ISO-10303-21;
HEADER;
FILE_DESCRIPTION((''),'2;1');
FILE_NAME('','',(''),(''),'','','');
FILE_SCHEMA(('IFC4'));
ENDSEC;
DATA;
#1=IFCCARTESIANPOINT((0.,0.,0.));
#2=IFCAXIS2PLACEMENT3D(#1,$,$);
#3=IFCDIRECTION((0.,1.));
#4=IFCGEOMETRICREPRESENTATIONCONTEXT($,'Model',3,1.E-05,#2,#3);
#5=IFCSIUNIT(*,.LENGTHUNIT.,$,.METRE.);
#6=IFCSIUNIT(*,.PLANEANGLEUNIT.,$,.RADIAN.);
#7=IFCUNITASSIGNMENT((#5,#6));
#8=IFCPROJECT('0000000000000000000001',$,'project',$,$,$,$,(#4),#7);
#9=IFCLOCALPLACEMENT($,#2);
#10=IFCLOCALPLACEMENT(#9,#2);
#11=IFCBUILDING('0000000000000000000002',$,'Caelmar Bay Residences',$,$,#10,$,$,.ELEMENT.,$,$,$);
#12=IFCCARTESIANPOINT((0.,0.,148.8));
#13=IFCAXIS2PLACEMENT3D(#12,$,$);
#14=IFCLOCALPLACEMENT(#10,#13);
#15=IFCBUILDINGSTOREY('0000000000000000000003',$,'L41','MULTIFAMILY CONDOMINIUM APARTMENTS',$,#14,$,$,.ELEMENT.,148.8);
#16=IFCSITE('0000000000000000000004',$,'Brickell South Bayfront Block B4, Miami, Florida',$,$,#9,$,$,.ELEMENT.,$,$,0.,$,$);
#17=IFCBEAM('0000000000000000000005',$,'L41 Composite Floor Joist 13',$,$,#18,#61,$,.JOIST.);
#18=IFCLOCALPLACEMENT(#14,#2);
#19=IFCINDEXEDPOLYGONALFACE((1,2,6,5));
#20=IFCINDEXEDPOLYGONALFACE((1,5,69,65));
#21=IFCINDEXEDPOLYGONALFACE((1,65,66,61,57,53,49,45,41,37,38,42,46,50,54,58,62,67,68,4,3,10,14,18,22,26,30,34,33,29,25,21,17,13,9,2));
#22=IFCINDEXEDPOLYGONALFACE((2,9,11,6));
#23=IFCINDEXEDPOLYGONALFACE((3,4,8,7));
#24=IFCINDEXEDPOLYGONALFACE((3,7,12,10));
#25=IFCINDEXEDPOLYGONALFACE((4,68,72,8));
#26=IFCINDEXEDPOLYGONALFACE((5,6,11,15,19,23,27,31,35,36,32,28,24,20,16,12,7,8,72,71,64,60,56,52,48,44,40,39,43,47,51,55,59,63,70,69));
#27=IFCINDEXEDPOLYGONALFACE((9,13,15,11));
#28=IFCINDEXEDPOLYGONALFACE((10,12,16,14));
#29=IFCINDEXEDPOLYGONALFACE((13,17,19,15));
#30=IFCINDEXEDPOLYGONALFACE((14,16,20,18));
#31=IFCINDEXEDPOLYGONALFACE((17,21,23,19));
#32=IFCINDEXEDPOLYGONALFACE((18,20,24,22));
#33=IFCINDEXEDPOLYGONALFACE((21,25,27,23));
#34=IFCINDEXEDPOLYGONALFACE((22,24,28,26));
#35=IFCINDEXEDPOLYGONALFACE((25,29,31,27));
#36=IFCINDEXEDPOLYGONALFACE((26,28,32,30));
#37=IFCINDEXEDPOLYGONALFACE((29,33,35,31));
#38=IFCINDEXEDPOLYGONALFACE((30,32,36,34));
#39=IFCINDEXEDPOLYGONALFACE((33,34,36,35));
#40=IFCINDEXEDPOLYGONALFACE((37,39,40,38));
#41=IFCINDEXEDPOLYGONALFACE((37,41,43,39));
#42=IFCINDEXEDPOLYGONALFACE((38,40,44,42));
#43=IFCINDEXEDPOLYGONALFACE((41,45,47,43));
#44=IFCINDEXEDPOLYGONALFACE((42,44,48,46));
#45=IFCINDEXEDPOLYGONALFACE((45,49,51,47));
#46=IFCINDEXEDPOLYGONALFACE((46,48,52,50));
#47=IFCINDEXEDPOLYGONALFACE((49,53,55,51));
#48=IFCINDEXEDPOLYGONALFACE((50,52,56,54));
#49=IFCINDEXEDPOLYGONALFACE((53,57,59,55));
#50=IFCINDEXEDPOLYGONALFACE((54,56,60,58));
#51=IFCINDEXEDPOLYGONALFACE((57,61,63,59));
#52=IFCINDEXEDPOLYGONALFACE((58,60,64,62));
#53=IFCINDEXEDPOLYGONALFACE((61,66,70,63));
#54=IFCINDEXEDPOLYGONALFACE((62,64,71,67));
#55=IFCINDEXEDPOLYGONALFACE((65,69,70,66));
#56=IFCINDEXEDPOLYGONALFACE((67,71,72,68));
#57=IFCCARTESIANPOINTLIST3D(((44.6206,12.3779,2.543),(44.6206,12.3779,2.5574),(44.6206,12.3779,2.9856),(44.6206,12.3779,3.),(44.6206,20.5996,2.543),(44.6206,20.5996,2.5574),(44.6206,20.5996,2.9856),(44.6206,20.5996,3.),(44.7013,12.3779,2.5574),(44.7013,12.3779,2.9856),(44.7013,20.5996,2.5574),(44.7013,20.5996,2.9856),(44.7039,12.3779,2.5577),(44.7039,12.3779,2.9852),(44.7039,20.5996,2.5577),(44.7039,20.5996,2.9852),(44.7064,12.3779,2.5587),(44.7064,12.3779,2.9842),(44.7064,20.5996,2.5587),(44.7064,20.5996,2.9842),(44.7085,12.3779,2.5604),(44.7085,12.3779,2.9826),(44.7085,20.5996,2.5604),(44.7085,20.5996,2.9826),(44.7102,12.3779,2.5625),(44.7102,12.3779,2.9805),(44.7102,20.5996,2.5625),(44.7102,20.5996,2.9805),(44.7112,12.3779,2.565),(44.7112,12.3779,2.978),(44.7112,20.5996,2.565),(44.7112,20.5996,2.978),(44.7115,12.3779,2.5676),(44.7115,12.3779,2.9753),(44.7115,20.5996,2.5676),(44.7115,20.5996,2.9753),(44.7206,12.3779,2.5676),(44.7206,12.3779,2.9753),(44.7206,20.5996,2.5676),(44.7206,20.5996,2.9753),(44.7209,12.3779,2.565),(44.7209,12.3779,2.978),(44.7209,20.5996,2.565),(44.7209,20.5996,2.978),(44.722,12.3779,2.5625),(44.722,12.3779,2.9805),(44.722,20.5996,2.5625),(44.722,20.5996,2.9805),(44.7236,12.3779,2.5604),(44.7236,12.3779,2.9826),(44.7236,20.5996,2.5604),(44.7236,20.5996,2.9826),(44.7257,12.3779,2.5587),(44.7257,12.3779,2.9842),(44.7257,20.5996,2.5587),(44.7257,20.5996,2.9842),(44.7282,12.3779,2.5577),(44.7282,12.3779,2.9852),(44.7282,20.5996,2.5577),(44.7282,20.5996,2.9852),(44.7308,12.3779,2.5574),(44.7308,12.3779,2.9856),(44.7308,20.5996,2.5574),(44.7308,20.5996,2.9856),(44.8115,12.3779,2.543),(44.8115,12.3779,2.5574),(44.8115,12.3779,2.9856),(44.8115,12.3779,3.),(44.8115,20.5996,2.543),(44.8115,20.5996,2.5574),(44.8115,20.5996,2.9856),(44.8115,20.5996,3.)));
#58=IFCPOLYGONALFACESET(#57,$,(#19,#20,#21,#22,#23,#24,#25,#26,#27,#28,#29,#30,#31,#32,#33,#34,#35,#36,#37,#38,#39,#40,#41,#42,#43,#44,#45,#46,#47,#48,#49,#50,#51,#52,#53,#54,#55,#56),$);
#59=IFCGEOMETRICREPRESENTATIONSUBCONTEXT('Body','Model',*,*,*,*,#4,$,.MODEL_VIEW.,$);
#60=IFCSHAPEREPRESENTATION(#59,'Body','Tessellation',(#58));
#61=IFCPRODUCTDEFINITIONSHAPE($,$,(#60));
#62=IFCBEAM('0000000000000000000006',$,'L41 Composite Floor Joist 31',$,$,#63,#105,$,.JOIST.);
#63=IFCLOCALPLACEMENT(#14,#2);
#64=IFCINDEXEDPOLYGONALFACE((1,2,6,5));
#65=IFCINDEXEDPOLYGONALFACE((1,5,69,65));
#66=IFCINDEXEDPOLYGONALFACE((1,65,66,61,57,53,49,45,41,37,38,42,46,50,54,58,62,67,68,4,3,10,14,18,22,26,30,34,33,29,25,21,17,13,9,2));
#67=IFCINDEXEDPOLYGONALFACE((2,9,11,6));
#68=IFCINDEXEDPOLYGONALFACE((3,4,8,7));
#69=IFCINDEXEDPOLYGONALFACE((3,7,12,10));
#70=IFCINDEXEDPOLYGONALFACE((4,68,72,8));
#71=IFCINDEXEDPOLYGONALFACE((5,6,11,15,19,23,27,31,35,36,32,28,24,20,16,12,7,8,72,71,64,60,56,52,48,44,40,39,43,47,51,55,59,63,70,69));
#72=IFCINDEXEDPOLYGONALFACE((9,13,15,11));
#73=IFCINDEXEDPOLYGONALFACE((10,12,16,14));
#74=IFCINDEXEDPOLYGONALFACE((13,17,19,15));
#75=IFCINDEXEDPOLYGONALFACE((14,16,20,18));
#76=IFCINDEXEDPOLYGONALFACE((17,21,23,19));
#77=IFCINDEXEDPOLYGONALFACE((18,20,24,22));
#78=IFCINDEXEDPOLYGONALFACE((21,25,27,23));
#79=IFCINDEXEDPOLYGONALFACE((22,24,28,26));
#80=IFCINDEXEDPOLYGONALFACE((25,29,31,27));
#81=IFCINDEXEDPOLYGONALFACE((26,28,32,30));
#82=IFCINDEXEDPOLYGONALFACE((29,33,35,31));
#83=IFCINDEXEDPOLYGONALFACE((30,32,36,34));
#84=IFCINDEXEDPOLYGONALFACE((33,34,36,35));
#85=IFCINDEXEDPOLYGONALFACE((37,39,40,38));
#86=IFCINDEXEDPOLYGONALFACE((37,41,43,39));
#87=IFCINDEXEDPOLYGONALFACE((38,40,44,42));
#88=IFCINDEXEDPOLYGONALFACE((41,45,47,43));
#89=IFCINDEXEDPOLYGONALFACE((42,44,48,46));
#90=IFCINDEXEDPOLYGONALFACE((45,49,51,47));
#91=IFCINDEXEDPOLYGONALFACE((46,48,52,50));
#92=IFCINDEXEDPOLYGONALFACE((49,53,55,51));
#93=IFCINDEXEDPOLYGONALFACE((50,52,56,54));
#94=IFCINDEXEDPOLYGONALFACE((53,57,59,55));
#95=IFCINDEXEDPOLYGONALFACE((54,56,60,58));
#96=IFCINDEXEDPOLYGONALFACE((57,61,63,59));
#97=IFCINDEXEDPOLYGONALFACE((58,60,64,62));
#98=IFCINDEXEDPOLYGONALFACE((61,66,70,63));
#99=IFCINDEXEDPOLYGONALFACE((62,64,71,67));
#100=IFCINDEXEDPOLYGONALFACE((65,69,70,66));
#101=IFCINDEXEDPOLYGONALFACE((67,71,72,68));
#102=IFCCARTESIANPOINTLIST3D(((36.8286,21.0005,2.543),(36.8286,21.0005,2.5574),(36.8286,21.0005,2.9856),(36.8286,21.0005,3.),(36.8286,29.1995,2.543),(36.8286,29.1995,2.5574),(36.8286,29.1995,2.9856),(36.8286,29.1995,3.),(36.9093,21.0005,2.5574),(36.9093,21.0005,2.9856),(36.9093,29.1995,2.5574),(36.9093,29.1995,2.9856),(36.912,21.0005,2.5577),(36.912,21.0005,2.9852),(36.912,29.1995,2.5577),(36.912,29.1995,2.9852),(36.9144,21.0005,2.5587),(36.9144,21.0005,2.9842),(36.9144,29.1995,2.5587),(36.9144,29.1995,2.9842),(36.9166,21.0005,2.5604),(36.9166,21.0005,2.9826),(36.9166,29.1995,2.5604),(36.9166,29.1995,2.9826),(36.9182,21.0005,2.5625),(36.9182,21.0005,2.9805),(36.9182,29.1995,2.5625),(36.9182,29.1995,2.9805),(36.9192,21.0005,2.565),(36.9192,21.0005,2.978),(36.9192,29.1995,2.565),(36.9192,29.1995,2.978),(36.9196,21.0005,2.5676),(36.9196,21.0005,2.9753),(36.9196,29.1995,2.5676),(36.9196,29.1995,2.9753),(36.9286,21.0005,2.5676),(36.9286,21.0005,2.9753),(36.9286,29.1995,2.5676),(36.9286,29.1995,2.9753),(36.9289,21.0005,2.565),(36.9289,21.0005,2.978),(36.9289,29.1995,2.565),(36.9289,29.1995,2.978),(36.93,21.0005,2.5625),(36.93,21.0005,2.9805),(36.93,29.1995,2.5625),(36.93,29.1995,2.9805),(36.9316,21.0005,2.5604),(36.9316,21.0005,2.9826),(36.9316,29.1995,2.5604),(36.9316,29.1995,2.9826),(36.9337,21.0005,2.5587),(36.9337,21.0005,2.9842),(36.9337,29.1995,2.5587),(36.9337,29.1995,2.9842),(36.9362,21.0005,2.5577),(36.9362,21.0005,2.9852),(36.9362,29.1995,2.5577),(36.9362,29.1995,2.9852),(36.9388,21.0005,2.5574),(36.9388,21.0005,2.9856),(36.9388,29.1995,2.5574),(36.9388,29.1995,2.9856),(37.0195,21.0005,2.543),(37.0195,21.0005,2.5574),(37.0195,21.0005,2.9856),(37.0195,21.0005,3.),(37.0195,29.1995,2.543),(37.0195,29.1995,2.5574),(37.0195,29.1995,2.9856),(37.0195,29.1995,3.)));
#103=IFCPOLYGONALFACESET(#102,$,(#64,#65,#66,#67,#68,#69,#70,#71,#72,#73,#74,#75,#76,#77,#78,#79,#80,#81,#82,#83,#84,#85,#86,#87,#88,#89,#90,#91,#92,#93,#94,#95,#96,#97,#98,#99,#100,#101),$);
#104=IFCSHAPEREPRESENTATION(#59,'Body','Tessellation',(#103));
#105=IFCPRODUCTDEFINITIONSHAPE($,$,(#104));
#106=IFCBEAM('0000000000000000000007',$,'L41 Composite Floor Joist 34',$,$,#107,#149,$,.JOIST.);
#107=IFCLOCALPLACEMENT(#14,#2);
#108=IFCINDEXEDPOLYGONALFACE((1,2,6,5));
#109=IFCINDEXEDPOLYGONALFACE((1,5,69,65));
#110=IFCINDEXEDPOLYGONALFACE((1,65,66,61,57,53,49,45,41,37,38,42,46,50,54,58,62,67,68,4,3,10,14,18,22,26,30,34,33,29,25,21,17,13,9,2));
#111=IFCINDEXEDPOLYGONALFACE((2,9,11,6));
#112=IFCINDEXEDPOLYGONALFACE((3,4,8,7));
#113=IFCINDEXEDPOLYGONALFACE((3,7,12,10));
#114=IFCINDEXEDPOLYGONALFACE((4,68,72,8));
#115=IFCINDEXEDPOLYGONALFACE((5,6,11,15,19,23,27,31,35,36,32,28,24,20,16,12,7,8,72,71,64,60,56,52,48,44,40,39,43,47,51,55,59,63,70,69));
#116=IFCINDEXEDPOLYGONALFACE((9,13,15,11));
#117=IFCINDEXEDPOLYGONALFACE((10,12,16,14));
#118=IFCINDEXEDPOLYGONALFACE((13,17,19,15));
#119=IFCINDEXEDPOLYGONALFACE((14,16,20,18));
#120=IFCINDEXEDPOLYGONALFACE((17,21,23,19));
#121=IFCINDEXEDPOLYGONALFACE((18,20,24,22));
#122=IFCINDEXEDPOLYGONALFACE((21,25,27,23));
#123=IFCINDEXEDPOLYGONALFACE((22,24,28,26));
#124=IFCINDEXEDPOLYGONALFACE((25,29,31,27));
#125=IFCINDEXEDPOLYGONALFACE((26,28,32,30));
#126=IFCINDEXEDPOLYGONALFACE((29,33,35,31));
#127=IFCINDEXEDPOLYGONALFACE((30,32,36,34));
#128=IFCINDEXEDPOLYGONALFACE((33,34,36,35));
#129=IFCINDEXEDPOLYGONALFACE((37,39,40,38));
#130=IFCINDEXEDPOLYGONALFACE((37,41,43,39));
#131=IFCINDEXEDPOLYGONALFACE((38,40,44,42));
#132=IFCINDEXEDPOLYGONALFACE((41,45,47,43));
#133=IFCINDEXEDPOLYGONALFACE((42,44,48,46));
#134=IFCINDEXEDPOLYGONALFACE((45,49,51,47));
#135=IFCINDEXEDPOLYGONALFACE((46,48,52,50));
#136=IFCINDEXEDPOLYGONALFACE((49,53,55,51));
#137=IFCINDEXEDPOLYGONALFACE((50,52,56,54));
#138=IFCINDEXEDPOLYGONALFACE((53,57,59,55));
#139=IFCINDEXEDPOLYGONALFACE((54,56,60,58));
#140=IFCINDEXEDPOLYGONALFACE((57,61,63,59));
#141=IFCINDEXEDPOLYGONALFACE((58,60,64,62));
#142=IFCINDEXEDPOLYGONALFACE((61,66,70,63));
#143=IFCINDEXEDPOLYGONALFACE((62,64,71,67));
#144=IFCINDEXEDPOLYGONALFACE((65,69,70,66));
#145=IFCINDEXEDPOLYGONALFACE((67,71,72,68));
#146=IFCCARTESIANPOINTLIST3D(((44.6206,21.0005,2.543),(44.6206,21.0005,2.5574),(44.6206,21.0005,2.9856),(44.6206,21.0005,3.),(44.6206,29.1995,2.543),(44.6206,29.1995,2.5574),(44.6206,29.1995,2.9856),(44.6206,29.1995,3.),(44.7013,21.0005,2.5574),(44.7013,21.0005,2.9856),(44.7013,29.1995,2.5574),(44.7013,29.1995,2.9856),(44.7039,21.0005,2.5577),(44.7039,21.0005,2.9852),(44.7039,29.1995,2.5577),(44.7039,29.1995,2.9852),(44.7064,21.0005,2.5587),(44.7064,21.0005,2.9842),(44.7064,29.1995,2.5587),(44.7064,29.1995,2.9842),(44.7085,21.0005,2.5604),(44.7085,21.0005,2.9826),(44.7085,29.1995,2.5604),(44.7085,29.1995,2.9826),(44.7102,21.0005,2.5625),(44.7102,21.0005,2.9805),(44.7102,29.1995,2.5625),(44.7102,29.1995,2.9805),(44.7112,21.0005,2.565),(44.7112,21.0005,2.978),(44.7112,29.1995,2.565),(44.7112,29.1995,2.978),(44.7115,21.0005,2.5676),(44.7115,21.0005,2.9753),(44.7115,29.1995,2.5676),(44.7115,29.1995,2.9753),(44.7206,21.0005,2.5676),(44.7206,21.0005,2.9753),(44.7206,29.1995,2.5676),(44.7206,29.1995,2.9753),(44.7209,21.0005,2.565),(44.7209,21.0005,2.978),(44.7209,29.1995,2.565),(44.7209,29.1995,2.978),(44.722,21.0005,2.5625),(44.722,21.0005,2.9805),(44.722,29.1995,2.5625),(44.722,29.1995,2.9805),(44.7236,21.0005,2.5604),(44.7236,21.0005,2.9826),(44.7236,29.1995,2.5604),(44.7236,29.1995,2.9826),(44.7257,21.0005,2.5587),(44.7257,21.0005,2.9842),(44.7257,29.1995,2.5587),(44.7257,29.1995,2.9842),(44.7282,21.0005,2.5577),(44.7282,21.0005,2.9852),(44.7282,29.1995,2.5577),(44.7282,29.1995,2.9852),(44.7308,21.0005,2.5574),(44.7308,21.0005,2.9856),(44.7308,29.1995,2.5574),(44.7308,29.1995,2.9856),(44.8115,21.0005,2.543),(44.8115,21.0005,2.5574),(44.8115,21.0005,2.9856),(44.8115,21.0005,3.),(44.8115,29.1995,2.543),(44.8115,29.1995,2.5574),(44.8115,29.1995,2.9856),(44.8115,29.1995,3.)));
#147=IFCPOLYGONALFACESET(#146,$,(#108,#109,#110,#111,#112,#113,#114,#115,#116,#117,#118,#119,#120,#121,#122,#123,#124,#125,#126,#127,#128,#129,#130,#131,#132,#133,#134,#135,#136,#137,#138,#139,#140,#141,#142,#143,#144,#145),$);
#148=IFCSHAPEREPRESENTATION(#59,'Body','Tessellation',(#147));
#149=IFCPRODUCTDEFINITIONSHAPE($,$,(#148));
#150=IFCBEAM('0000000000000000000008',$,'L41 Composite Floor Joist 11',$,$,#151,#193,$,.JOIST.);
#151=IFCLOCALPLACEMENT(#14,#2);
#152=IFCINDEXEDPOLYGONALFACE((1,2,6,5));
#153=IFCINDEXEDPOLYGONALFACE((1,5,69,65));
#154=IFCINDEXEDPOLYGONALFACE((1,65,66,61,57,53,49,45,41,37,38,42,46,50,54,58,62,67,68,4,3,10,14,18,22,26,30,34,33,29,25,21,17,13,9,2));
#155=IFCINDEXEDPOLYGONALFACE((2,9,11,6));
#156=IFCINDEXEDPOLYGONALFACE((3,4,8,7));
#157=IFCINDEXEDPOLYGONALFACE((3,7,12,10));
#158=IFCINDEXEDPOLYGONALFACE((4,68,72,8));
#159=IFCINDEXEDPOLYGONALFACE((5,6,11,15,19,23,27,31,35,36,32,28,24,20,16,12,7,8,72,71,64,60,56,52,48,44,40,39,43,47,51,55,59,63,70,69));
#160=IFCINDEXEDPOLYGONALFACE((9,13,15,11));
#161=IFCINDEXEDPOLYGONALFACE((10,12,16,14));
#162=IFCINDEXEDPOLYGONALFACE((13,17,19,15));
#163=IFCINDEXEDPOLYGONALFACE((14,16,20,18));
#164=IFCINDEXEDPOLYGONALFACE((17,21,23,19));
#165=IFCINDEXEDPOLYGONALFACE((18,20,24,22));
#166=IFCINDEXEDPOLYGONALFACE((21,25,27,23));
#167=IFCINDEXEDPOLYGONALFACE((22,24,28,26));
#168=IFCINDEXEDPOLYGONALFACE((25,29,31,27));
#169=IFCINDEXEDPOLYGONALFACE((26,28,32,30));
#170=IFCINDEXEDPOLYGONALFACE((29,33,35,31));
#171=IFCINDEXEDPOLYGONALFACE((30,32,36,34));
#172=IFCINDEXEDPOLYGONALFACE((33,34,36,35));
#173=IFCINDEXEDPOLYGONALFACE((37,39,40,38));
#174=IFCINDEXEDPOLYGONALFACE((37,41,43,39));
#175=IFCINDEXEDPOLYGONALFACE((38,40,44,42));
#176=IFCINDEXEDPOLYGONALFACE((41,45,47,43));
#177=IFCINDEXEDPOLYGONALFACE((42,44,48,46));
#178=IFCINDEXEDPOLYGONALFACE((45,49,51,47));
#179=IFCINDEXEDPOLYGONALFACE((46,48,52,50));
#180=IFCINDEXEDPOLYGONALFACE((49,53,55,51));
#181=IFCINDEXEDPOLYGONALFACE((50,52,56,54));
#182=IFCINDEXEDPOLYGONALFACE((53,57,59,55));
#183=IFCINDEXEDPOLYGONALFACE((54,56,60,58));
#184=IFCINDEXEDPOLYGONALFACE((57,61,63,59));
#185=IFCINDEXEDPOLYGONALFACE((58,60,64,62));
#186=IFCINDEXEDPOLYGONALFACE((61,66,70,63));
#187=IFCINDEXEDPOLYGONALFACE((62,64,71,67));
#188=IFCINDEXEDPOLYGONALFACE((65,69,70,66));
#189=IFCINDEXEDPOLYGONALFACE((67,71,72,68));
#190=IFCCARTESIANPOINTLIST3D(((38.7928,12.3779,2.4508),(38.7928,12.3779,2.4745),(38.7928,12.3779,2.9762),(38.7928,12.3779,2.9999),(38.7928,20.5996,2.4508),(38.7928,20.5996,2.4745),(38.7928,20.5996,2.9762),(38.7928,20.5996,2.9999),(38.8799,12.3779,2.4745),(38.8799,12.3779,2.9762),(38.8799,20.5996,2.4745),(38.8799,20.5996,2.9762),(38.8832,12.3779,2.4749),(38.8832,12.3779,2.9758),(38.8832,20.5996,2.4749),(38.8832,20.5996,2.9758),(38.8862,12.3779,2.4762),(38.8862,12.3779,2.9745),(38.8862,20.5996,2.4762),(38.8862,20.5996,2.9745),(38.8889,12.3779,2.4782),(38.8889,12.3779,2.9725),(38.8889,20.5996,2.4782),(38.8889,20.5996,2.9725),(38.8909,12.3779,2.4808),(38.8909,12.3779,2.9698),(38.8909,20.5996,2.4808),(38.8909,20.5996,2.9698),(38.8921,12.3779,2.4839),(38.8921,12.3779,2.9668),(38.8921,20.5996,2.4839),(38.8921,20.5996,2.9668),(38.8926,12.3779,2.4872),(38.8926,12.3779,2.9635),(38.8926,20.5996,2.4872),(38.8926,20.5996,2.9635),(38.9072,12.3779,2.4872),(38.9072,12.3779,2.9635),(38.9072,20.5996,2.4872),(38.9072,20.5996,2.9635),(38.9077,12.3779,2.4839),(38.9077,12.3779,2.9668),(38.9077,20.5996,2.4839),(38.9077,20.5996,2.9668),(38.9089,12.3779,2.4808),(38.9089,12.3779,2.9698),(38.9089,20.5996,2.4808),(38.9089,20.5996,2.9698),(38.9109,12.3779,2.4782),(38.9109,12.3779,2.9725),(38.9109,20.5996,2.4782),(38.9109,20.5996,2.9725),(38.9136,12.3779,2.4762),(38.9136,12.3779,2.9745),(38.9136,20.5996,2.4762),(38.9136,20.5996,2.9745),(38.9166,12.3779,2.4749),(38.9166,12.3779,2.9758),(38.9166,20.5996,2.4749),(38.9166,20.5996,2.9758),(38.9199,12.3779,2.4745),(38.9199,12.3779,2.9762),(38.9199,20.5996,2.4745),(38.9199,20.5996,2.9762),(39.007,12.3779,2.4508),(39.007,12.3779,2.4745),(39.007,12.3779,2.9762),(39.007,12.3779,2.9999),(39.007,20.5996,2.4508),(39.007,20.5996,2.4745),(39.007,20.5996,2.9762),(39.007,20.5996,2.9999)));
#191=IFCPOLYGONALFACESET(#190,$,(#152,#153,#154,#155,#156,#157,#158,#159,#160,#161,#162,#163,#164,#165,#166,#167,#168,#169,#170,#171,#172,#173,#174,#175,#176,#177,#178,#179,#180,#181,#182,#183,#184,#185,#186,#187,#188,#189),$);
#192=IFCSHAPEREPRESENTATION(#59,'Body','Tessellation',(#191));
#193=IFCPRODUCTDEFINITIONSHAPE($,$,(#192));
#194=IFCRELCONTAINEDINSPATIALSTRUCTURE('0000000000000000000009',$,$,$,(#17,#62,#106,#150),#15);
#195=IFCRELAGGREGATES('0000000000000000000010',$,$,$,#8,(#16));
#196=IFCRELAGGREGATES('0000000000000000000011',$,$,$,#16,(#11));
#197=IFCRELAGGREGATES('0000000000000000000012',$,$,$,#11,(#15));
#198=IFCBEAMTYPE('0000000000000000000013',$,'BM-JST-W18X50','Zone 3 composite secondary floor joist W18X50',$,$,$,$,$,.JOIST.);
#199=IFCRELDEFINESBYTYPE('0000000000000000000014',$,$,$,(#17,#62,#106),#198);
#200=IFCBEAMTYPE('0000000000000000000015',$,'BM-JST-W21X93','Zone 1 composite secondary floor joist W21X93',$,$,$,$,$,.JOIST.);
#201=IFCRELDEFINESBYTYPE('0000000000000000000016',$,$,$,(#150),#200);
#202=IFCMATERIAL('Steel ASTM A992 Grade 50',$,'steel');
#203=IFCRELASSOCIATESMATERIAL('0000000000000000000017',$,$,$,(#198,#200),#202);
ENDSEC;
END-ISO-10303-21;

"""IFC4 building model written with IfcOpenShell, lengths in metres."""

from ifc_helpers import new_model, si_unit, direction, frame, origin, origin_2d, place, context, subcontext, project, spatial, i_section, extrude, material, material_profile, profile_set, type_object, element, save


model = new_model("IFC4")

# Units and contexts
model_context = context("Model", 3, precision=1e-05, world=origin(), true_north=direction((0.0, 1.0)))
body_context = subcontext(model_context, "Body", "Model", "MODEL_VIEW")
ifc_project = project(units=[si_unit("LENGTHUNIT", "METRE"), si_unit("PLANEANGLEUNIT", "RADIAN")], contexts=[model_context])

# Site, building, storey
site_placement = place(None, origin())
site = spatial("IfcSite", under=ifc_project, at=site_placement, Name="Brickell South Bayfront Block B4, Miami, Florida", CompositionType="ELEMENT", RefElevation=0.0)
building_placement = place(site_placement, origin())
building = spatial("IfcBuilding", under=site, at=building_placement, Name="Caelmar Bay Residences", CompositionType="ELEMENT")
storey_placement = place(building_placement, frame((0.0, 0.0, 148.8)))
storey = spatial("IfcBuildingStorey", under=building, at=storey_placement, Name="L41", Description="MULTIFAMILY CONDOMINIUM APARTMENTS", CompositionType="ELEMENT", Elevation=148.8)

# Beams
ifc_material_1 = material(Name="Steel ASTM A992 Grade 50", Category="steel")
ifc_material_profile_1 = material_profile(ifc_material_1, i_section(OverallWidth=0.1909, OverallDepth=0.457, WebThickness=0.009, FlangeThickness=0.0144, FilletRadius=0.0103, at=origin_2d()), Name="W18X50")
ifc_profile_set_1 = profile_set([ifc_material_profile_1], Name="Steel ASTM A992 Grade 50")
beam_type_1 = type_object("IfcBeamType", Name="BM-JST-W18X50", Description="Zone 3 composite secondary floor joist W18X50", PredefinedType="JOIST", material=ifc_profile_set_1)
for number, where, z_axis, x_axis, name in (
    (1, (44.7161, 12.3779, 2.7715), (0.0, 1.0, 0.0), (-1.0, 0.0, 0.0), "L41 Composite Floor Joist 13"),
):
    element("IfcBeam", number, at=place(storey_placement, frame(where, z_axis=z_axis, x_axis=x_axis)), inside=storey, type_object=beam_type_1, Name=name, PredefinedType="JOIST", context=body_context, shape_type="SweptSolid", body=[
        extrude(i_section(OverallWidth=0.1909, OverallDepth=0.457, WebThickness=0.009, FlangeThickness=0.0144, FilletRadius=0.0103, at=origin_2d()), origin(), (0.0, 0.0, 1.0), 8.2217),
    ])
for number, where, z_axis, x_axis, name in (
    (2, (36.9241, 21.0005, 2.7715), (0.0, 1.0, 0.0), (-1.0, 0.0, 0.0), "L41 Composite Floor Joist 31"),
    (3, (44.7161, 21.0005, 2.7715), (0.0, 1.0, 0.0), (-1.0, 0.0, 0.0), "L41 Composite Floor Joist 34"),
):
    element("IfcBeam", number, at=place(storey_placement, frame(where, z_axis=z_axis, x_axis=x_axis)), inside=storey, type_object=beam_type_1, Name=name, PredefinedType="JOIST", context=body_context, shape_type="SweptSolid", body=[
        extrude(i_section(OverallWidth=0.1909, OverallDepth=0.457, WebThickness=0.009, FlangeThickness=0.0144, FilletRadius=0.0103, at=origin_2d()), origin(), (0.0, 0.0, 1.0), 8.199),
    ])
ifc_material_profile_2 = material_profile(ifc_material_1, i_section(OverallWidth=0.2141, OverallDepth=0.5491, WebThickness=0.0146, FlangeThickness=0.0237, FilletRadius=0.0127, at=origin_2d()), Name="W21X93")
ifc_profile_set_2 = profile_set([ifc_material_profile_2], Name="Steel ASTM A992 Grade 50")
beam_type_2 = type_object("IfcBeamType", Name="BM-JST-W21X93", Description="Zone 1 composite secondary floor joist W21X93", PredefinedType="JOIST", material=ifc_profile_set_2)
for number, where, z_axis, x_axis, name in (
    (4, (38.8999, 12.3779, 2.7253), (0.0, 1.0, 0.0), (-1.0, 0.0, 0.0), "L41 Composite Floor Joist 11"),
):
    element("IfcBeam", number, at=place(storey_placement, frame(where, z_axis=z_axis, x_axis=x_axis)), inside=storey, type_object=beam_type_2, Name=name, PredefinedType="JOIST", context=body_context, shape_type="SweptSolid", body=[
        extrude(i_section(OverallWidth=0.2141, OverallDepth=0.5491, WebThickness=0.0146, FlangeThickness=0.0237, FilletRadius=0.0127, at=origin_2d()), origin(), (0.0, 0.0, 1.0), 8.2217),
    ])

save(model, "model.ifc")
